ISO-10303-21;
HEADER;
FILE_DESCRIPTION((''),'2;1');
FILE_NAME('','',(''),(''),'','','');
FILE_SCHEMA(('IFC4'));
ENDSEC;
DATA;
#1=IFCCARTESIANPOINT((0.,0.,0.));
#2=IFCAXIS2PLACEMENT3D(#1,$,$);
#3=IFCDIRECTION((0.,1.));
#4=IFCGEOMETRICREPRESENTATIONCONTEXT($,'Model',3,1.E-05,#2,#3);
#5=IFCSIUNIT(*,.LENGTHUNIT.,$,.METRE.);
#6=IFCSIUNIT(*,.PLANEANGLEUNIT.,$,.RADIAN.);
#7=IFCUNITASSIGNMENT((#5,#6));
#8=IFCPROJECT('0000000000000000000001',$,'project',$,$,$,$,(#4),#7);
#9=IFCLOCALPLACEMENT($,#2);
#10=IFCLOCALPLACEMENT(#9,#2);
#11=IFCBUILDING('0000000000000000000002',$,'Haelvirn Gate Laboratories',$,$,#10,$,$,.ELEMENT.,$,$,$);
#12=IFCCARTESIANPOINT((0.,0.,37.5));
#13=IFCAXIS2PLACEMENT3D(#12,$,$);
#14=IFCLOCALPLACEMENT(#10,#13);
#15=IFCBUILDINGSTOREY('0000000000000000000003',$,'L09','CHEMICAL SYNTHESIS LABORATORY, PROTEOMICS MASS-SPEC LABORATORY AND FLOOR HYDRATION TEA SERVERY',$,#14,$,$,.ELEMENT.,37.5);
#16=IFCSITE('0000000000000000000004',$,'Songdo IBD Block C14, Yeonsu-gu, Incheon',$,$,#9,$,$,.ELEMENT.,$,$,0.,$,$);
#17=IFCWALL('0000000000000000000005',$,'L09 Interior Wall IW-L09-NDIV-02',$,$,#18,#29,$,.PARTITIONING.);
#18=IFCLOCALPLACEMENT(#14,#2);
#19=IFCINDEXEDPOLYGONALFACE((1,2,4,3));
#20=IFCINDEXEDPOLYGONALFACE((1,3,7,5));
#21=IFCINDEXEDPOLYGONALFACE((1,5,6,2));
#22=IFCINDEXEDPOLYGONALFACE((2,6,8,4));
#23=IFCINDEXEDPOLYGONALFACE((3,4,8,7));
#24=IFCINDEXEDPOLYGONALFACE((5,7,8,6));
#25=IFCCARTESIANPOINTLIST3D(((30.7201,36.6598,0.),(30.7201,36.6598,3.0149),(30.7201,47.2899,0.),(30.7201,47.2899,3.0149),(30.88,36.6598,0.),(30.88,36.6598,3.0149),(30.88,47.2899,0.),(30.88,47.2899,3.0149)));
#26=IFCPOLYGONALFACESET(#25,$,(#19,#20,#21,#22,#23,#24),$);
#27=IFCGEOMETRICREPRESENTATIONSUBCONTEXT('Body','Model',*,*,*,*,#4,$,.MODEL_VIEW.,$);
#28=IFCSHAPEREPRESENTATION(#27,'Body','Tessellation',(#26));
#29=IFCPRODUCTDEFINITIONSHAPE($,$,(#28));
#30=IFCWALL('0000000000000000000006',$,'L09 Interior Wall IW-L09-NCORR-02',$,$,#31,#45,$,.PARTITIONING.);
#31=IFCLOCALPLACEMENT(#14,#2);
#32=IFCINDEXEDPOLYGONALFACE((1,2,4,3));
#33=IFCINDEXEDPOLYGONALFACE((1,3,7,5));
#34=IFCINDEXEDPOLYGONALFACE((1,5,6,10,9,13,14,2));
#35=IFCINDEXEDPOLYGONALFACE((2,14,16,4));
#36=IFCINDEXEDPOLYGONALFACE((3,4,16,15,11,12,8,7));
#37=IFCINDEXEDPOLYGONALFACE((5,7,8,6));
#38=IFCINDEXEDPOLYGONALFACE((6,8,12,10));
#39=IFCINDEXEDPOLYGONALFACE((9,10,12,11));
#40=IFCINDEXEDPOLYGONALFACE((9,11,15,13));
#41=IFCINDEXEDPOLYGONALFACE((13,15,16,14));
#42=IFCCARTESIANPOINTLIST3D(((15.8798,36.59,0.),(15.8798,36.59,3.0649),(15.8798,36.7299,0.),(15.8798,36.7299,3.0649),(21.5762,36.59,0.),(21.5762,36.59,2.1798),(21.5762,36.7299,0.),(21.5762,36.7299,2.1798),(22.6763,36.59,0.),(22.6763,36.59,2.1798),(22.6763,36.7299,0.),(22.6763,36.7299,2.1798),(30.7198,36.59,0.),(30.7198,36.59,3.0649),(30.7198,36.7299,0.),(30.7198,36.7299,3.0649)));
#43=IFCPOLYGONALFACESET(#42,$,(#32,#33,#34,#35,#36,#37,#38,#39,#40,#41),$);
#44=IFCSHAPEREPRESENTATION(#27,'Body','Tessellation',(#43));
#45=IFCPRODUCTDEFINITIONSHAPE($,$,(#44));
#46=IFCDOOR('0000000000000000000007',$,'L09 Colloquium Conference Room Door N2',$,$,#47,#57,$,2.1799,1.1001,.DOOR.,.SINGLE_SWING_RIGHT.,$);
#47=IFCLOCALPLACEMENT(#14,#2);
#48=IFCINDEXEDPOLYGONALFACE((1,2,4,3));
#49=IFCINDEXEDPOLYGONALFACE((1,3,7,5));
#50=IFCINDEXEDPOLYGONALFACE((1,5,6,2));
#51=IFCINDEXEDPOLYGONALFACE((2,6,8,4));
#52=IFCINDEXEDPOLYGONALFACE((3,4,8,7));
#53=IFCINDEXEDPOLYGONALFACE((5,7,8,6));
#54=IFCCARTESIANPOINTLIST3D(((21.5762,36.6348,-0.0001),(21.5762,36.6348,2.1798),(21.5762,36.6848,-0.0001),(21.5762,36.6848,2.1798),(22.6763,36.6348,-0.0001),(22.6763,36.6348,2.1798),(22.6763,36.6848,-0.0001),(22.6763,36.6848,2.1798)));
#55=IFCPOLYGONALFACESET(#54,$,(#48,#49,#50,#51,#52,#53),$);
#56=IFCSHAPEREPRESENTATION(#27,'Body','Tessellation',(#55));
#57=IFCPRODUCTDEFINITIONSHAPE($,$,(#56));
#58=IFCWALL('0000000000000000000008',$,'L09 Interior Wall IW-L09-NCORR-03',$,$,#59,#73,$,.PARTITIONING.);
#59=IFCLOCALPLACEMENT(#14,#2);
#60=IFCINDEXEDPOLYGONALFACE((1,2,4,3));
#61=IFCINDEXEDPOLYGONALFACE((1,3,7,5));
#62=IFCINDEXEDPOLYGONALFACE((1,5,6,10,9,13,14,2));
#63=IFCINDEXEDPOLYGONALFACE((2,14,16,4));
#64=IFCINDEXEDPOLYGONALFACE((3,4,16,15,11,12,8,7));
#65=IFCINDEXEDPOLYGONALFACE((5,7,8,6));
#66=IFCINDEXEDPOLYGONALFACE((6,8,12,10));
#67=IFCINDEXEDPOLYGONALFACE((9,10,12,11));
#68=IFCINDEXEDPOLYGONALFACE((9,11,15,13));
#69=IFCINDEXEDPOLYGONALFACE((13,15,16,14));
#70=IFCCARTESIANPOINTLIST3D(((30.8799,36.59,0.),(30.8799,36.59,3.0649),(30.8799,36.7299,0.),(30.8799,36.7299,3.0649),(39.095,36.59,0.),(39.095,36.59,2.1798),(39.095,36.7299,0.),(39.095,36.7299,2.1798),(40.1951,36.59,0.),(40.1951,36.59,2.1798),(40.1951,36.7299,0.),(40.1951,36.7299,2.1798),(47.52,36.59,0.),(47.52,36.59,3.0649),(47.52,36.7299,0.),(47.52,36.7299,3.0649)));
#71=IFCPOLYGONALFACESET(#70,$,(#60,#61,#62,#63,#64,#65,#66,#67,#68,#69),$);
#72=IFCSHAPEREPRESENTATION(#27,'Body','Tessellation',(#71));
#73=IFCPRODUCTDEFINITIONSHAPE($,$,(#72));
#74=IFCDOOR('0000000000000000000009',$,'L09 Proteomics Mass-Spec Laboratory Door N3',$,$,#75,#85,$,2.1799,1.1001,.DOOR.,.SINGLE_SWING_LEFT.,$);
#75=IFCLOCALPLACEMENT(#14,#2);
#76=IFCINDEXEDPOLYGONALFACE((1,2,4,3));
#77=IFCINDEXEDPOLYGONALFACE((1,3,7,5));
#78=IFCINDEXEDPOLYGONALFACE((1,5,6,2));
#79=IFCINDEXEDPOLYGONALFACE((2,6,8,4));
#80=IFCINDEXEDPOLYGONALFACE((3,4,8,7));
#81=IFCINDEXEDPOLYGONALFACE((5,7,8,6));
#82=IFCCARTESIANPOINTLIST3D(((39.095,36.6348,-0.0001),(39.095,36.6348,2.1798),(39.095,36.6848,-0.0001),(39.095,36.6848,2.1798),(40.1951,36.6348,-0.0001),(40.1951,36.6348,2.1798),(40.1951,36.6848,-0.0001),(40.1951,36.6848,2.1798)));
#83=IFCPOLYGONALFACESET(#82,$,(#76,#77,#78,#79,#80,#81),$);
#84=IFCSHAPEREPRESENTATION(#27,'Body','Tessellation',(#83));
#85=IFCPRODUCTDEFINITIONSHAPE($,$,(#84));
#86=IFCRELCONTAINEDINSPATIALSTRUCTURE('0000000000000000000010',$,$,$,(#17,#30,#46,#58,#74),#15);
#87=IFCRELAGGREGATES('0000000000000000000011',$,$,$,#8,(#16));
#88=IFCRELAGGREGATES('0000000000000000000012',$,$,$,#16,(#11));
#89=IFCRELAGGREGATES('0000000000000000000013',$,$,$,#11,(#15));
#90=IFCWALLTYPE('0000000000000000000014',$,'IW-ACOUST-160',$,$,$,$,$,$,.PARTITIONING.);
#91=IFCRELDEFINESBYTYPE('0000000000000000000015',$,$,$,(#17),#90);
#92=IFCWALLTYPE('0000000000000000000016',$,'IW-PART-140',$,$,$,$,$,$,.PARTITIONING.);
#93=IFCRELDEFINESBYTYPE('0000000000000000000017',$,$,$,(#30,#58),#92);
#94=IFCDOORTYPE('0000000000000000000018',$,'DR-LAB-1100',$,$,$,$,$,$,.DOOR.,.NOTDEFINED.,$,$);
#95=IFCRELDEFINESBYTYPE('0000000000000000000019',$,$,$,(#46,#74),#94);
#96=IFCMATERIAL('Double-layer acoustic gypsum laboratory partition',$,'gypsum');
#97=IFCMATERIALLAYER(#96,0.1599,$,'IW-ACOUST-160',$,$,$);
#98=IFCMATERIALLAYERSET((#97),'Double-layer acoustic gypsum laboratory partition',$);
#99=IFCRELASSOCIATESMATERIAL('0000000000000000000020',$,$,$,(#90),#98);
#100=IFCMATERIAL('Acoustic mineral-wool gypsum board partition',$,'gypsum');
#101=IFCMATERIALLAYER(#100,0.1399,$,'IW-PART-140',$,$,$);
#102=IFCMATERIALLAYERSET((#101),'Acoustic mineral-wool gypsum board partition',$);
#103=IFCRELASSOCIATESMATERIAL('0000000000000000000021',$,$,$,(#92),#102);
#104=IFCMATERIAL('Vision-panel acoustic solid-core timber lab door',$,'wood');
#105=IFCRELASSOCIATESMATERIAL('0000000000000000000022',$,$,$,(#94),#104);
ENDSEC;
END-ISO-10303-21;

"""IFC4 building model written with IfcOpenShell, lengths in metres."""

from ifc_helpers import new_model, si_unit, direction, frame, frame_2d, origin, place, context, subcontext, project, spatial, rectangle, extrude, source, transform, mapped, material, layer, layer_set, type_object, type_shapes, element, fill, save


model = new_model("IFC4")

# Units and contexts
model_context = context("Model", 3, precision=1e-05, world=origin(), true_north=direction((0.0, 1.0)))
body_context = subcontext(model_context, "Body", "Model", "MODEL_VIEW")
ifc_project = project(units=[si_unit("LENGTHUNIT", "METRE"), si_unit("PLANEANGLEUNIT", "RADIAN")], contexts=[model_context])

# Site, building, storey
site_placement = place(None, origin())
site = spatial("IfcSite", under=ifc_project, at=site_placement, Name="Songdo IBD Block C14, Yeonsu-gu, Incheon", CompositionType="ELEMENT", RefElevation=0.0)
building_placement = place(site_placement, origin())
building = spatial("IfcBuilding", under=site, at=building_placement, Name="Haelvirn Gate Laboratories", CompositionType="ELEMENT")
storey_placement = place(building_placement, frame((0.0, 0.0, 37.5)))
storey = spatial("IfcBuildingStorey", under=building, at=storey_placement, Name="L09", Description="CHEMICAL SYNTHESIS LABORATORY, PROTEOMICS MASS-SPEC LABORATORY AND FLOOR HYDRATION TEA SERVERY", CompositionType="ELEMENT", Elevation=37.5)

# Wall
ifc_material_1 = material(Name="Double-layer acoustic gypsum laboratory partition", Category="gypsum")
ifc_layer_1 = layer(ifc_material_1, 0.1599, Name="IW-ACOUST-160")
ifc_layer_set_1 = layer_set([ifc_layer_1], Name="Double-layer acoustic gypsum laboratory partition")
wall_type_1 = type_object("IfcWallType", Name="IW-ACOUST-160", PredefinedType="PARTITIONING", material=ifc_layer_set_1)
wall_1_placement = place(storey_placement, frame((30.8, 36.6599, 0.0), z_axis=(0.0, 0.0, 1.0), x_axis=(0.0, 1.0, 0.0)))
element("IfcWall", 1, at=wall_1_placement, inside=storey, type_object=wall_type_1, Name="L09 Interior Wall IW-L09-NDIV-02", PredefinedType="PARTITIONING", context=body_context, shape_type="SweptSolid", body=[
    extrude(rectangle(XDim=10.6301, YDim=0.1599, at=frame_2d((5.3149, 0.0))), origin(), (0.0, 0.0, 1.0), 3.0149),
])

# Walls, openings, doors
ifc_material_2 = material(Name="Acoustic mineral-wool gypsum board partition", Category="gypsum")
ifc_layer_2 = layer(ifc_material_2, 0.1399, Name="IW-PART-140")
ifc_layer_set_2 = layer_set([ifc_layer_2], Name="Acoustic mineral-wool gypsum board partition")
wall_type_2 = type_object("IfcWallType", Name="IW-PART-140", PredefinedType="PARTITIONING", material=ifc_layer_set_2)
wall_2_placement = place(storey_placement, frame((15.8799, 36.6599, 0.0), z_axis=(0.0, 0.0, 1.0), x_axis=(1.0, 0.0, 0.0)))
wall_2 = element("IfcWall", 2, at=wall_2_placement, inside=storey, type_object=wall_type_2, Name="L09 Interior Wall IW-L09-NCORR-02", PredefinedType="PARTITIONING", context=body_context, shape_type="SweptSolid", body=[
    extrude(rectangle(XDim=14.8401, YDim=0.1399, at=frame_2d((7.4199, 0.0))), origin(), (0.0, 0.0, 1.0), 3.0649),
])
opening_1_placement = place(wall_2_placement, frame((5.6963, 0.0, 0.0)))
opening_1 = element("IfcOpeningElement", 3, at=opening_1_placement, cuts=wall_2, PredefinedType="OPENING", context=body_context, shape_type="SweptSolid", body=[
    extrude(rectangle(XDim=1.1001, YDim=2.1799, at=frame_2d((0.55, 1.0898))), frame((0.0, 0.0801, 0.0), z_axis=(0.0, -1.0, 0.0), x_axis=(1.0, 0.0, 0.0)), (0.0, 0.0, 1.0), 0.1599),
])
ifc_material_3 = material(Name="Vision-panel acoustic solid-core timber lab door", Category="wood")
door_type = type_object("IfcDoorType", Name="DR-LAB-1100", OperationType="NOTDEFINED", PredefinedType="DOOR", material=ifc_material_3)
shared_shape_1 = source(origin(), body_context, "Body", "SweptSolid", [
    extrude(rectangle(XDim=1.1001, YDim=2.1799, at=frame_2d((0.55, 1.0898))), frame((0.0, 0.0249, 0.0), z_axis=(0.0, -1.0, 0.0), x_axis=(1.0, 0.0, 0.0)), (0.0, 0.0, 1.0), 0.05),
])
type_shapes(door_type, [shared_shape_1])
door_1_placement = place(opening_1_placement, origin())
door_1 = element("IfcDoor", 4, at=door_1_placement, inside=storey, type_object=door_type, Name="L09 Colloquium Conference Room Door N2", OperationType="SINGLE_SWING_RIGHT", OverallHeight=2.1799, OverallWidth=1.1001, PredefinedType="DOOR", context=body_context, shape_type="MappedRepresentation", body=[
    mapped(shared_shape_1, transform((0.0, 0.0, 0.0), scale=1.0)),
])
fill(opening_1, door_1)
wall_3_placement = place(storey_placement, frame((30.8799, 36.6599, 0.0), z_axis=(0.0, 0.0, 1.0), x_axis=(1.0, 0.0, 0.0)))
wall_3 = element("IfcWall", 5, at=wall_3_placement, inside=storey, type_object=wall_type_2, Name="L09 Interior Wall IW-L09-NCORR-03", PredefinedType="PARTITIONING", context=body_context, shape_type="SweptSolid", body=[
    extrude(rectangle(XDim=16.6401, YDim=0.1399, at=frame_2d((8.3201, 0.0))), origin(), (0.0, 0.0, 1.0), 3.0649),
])
opening_2_placement = place(wall_3_placement, frame((8.2151, 0.0, 0.0)))
opening_2 = element("IfcOpeningElement", 6, at=opening_2_placement, cuts=wall_3, PredefinedType="OPENING", context=body_context, shape_type="SweptSolid", body=[
    extrude(rectangle(XDim=1.1001, YDim=2.1799, at=frame_2d((0.55, 1.0898))), frame((0.0, 0.0801, 0.0), z_axis=(0.0, -1.0, 0.0), x_axis=(1.0, 0.0, 0.0)), (0.0, 0.0, 1.0), 0.1599),
])
door_2_placement = place(opening_2_placement, origin())
door_2 = element("IfcDoor", 7, at=door_2_placement, inside=storey, type_object=door_type, Name="L09 Proteomics Mass-Spec Laboratory Door N3", OperationType="SINGLE_SWING_LEFT", OverallHeight=2.1799, OverallWidth=1.1001, PredefinedType="DOOR", context=body_context, shape_type="MappedRepresentation", body=[
    mapped(shared_shape_1, transform((0.0, 0.0, 0.0), scale=1.0)),
])
fill(opening_2, door_2)

save(model, "model.ifc")
